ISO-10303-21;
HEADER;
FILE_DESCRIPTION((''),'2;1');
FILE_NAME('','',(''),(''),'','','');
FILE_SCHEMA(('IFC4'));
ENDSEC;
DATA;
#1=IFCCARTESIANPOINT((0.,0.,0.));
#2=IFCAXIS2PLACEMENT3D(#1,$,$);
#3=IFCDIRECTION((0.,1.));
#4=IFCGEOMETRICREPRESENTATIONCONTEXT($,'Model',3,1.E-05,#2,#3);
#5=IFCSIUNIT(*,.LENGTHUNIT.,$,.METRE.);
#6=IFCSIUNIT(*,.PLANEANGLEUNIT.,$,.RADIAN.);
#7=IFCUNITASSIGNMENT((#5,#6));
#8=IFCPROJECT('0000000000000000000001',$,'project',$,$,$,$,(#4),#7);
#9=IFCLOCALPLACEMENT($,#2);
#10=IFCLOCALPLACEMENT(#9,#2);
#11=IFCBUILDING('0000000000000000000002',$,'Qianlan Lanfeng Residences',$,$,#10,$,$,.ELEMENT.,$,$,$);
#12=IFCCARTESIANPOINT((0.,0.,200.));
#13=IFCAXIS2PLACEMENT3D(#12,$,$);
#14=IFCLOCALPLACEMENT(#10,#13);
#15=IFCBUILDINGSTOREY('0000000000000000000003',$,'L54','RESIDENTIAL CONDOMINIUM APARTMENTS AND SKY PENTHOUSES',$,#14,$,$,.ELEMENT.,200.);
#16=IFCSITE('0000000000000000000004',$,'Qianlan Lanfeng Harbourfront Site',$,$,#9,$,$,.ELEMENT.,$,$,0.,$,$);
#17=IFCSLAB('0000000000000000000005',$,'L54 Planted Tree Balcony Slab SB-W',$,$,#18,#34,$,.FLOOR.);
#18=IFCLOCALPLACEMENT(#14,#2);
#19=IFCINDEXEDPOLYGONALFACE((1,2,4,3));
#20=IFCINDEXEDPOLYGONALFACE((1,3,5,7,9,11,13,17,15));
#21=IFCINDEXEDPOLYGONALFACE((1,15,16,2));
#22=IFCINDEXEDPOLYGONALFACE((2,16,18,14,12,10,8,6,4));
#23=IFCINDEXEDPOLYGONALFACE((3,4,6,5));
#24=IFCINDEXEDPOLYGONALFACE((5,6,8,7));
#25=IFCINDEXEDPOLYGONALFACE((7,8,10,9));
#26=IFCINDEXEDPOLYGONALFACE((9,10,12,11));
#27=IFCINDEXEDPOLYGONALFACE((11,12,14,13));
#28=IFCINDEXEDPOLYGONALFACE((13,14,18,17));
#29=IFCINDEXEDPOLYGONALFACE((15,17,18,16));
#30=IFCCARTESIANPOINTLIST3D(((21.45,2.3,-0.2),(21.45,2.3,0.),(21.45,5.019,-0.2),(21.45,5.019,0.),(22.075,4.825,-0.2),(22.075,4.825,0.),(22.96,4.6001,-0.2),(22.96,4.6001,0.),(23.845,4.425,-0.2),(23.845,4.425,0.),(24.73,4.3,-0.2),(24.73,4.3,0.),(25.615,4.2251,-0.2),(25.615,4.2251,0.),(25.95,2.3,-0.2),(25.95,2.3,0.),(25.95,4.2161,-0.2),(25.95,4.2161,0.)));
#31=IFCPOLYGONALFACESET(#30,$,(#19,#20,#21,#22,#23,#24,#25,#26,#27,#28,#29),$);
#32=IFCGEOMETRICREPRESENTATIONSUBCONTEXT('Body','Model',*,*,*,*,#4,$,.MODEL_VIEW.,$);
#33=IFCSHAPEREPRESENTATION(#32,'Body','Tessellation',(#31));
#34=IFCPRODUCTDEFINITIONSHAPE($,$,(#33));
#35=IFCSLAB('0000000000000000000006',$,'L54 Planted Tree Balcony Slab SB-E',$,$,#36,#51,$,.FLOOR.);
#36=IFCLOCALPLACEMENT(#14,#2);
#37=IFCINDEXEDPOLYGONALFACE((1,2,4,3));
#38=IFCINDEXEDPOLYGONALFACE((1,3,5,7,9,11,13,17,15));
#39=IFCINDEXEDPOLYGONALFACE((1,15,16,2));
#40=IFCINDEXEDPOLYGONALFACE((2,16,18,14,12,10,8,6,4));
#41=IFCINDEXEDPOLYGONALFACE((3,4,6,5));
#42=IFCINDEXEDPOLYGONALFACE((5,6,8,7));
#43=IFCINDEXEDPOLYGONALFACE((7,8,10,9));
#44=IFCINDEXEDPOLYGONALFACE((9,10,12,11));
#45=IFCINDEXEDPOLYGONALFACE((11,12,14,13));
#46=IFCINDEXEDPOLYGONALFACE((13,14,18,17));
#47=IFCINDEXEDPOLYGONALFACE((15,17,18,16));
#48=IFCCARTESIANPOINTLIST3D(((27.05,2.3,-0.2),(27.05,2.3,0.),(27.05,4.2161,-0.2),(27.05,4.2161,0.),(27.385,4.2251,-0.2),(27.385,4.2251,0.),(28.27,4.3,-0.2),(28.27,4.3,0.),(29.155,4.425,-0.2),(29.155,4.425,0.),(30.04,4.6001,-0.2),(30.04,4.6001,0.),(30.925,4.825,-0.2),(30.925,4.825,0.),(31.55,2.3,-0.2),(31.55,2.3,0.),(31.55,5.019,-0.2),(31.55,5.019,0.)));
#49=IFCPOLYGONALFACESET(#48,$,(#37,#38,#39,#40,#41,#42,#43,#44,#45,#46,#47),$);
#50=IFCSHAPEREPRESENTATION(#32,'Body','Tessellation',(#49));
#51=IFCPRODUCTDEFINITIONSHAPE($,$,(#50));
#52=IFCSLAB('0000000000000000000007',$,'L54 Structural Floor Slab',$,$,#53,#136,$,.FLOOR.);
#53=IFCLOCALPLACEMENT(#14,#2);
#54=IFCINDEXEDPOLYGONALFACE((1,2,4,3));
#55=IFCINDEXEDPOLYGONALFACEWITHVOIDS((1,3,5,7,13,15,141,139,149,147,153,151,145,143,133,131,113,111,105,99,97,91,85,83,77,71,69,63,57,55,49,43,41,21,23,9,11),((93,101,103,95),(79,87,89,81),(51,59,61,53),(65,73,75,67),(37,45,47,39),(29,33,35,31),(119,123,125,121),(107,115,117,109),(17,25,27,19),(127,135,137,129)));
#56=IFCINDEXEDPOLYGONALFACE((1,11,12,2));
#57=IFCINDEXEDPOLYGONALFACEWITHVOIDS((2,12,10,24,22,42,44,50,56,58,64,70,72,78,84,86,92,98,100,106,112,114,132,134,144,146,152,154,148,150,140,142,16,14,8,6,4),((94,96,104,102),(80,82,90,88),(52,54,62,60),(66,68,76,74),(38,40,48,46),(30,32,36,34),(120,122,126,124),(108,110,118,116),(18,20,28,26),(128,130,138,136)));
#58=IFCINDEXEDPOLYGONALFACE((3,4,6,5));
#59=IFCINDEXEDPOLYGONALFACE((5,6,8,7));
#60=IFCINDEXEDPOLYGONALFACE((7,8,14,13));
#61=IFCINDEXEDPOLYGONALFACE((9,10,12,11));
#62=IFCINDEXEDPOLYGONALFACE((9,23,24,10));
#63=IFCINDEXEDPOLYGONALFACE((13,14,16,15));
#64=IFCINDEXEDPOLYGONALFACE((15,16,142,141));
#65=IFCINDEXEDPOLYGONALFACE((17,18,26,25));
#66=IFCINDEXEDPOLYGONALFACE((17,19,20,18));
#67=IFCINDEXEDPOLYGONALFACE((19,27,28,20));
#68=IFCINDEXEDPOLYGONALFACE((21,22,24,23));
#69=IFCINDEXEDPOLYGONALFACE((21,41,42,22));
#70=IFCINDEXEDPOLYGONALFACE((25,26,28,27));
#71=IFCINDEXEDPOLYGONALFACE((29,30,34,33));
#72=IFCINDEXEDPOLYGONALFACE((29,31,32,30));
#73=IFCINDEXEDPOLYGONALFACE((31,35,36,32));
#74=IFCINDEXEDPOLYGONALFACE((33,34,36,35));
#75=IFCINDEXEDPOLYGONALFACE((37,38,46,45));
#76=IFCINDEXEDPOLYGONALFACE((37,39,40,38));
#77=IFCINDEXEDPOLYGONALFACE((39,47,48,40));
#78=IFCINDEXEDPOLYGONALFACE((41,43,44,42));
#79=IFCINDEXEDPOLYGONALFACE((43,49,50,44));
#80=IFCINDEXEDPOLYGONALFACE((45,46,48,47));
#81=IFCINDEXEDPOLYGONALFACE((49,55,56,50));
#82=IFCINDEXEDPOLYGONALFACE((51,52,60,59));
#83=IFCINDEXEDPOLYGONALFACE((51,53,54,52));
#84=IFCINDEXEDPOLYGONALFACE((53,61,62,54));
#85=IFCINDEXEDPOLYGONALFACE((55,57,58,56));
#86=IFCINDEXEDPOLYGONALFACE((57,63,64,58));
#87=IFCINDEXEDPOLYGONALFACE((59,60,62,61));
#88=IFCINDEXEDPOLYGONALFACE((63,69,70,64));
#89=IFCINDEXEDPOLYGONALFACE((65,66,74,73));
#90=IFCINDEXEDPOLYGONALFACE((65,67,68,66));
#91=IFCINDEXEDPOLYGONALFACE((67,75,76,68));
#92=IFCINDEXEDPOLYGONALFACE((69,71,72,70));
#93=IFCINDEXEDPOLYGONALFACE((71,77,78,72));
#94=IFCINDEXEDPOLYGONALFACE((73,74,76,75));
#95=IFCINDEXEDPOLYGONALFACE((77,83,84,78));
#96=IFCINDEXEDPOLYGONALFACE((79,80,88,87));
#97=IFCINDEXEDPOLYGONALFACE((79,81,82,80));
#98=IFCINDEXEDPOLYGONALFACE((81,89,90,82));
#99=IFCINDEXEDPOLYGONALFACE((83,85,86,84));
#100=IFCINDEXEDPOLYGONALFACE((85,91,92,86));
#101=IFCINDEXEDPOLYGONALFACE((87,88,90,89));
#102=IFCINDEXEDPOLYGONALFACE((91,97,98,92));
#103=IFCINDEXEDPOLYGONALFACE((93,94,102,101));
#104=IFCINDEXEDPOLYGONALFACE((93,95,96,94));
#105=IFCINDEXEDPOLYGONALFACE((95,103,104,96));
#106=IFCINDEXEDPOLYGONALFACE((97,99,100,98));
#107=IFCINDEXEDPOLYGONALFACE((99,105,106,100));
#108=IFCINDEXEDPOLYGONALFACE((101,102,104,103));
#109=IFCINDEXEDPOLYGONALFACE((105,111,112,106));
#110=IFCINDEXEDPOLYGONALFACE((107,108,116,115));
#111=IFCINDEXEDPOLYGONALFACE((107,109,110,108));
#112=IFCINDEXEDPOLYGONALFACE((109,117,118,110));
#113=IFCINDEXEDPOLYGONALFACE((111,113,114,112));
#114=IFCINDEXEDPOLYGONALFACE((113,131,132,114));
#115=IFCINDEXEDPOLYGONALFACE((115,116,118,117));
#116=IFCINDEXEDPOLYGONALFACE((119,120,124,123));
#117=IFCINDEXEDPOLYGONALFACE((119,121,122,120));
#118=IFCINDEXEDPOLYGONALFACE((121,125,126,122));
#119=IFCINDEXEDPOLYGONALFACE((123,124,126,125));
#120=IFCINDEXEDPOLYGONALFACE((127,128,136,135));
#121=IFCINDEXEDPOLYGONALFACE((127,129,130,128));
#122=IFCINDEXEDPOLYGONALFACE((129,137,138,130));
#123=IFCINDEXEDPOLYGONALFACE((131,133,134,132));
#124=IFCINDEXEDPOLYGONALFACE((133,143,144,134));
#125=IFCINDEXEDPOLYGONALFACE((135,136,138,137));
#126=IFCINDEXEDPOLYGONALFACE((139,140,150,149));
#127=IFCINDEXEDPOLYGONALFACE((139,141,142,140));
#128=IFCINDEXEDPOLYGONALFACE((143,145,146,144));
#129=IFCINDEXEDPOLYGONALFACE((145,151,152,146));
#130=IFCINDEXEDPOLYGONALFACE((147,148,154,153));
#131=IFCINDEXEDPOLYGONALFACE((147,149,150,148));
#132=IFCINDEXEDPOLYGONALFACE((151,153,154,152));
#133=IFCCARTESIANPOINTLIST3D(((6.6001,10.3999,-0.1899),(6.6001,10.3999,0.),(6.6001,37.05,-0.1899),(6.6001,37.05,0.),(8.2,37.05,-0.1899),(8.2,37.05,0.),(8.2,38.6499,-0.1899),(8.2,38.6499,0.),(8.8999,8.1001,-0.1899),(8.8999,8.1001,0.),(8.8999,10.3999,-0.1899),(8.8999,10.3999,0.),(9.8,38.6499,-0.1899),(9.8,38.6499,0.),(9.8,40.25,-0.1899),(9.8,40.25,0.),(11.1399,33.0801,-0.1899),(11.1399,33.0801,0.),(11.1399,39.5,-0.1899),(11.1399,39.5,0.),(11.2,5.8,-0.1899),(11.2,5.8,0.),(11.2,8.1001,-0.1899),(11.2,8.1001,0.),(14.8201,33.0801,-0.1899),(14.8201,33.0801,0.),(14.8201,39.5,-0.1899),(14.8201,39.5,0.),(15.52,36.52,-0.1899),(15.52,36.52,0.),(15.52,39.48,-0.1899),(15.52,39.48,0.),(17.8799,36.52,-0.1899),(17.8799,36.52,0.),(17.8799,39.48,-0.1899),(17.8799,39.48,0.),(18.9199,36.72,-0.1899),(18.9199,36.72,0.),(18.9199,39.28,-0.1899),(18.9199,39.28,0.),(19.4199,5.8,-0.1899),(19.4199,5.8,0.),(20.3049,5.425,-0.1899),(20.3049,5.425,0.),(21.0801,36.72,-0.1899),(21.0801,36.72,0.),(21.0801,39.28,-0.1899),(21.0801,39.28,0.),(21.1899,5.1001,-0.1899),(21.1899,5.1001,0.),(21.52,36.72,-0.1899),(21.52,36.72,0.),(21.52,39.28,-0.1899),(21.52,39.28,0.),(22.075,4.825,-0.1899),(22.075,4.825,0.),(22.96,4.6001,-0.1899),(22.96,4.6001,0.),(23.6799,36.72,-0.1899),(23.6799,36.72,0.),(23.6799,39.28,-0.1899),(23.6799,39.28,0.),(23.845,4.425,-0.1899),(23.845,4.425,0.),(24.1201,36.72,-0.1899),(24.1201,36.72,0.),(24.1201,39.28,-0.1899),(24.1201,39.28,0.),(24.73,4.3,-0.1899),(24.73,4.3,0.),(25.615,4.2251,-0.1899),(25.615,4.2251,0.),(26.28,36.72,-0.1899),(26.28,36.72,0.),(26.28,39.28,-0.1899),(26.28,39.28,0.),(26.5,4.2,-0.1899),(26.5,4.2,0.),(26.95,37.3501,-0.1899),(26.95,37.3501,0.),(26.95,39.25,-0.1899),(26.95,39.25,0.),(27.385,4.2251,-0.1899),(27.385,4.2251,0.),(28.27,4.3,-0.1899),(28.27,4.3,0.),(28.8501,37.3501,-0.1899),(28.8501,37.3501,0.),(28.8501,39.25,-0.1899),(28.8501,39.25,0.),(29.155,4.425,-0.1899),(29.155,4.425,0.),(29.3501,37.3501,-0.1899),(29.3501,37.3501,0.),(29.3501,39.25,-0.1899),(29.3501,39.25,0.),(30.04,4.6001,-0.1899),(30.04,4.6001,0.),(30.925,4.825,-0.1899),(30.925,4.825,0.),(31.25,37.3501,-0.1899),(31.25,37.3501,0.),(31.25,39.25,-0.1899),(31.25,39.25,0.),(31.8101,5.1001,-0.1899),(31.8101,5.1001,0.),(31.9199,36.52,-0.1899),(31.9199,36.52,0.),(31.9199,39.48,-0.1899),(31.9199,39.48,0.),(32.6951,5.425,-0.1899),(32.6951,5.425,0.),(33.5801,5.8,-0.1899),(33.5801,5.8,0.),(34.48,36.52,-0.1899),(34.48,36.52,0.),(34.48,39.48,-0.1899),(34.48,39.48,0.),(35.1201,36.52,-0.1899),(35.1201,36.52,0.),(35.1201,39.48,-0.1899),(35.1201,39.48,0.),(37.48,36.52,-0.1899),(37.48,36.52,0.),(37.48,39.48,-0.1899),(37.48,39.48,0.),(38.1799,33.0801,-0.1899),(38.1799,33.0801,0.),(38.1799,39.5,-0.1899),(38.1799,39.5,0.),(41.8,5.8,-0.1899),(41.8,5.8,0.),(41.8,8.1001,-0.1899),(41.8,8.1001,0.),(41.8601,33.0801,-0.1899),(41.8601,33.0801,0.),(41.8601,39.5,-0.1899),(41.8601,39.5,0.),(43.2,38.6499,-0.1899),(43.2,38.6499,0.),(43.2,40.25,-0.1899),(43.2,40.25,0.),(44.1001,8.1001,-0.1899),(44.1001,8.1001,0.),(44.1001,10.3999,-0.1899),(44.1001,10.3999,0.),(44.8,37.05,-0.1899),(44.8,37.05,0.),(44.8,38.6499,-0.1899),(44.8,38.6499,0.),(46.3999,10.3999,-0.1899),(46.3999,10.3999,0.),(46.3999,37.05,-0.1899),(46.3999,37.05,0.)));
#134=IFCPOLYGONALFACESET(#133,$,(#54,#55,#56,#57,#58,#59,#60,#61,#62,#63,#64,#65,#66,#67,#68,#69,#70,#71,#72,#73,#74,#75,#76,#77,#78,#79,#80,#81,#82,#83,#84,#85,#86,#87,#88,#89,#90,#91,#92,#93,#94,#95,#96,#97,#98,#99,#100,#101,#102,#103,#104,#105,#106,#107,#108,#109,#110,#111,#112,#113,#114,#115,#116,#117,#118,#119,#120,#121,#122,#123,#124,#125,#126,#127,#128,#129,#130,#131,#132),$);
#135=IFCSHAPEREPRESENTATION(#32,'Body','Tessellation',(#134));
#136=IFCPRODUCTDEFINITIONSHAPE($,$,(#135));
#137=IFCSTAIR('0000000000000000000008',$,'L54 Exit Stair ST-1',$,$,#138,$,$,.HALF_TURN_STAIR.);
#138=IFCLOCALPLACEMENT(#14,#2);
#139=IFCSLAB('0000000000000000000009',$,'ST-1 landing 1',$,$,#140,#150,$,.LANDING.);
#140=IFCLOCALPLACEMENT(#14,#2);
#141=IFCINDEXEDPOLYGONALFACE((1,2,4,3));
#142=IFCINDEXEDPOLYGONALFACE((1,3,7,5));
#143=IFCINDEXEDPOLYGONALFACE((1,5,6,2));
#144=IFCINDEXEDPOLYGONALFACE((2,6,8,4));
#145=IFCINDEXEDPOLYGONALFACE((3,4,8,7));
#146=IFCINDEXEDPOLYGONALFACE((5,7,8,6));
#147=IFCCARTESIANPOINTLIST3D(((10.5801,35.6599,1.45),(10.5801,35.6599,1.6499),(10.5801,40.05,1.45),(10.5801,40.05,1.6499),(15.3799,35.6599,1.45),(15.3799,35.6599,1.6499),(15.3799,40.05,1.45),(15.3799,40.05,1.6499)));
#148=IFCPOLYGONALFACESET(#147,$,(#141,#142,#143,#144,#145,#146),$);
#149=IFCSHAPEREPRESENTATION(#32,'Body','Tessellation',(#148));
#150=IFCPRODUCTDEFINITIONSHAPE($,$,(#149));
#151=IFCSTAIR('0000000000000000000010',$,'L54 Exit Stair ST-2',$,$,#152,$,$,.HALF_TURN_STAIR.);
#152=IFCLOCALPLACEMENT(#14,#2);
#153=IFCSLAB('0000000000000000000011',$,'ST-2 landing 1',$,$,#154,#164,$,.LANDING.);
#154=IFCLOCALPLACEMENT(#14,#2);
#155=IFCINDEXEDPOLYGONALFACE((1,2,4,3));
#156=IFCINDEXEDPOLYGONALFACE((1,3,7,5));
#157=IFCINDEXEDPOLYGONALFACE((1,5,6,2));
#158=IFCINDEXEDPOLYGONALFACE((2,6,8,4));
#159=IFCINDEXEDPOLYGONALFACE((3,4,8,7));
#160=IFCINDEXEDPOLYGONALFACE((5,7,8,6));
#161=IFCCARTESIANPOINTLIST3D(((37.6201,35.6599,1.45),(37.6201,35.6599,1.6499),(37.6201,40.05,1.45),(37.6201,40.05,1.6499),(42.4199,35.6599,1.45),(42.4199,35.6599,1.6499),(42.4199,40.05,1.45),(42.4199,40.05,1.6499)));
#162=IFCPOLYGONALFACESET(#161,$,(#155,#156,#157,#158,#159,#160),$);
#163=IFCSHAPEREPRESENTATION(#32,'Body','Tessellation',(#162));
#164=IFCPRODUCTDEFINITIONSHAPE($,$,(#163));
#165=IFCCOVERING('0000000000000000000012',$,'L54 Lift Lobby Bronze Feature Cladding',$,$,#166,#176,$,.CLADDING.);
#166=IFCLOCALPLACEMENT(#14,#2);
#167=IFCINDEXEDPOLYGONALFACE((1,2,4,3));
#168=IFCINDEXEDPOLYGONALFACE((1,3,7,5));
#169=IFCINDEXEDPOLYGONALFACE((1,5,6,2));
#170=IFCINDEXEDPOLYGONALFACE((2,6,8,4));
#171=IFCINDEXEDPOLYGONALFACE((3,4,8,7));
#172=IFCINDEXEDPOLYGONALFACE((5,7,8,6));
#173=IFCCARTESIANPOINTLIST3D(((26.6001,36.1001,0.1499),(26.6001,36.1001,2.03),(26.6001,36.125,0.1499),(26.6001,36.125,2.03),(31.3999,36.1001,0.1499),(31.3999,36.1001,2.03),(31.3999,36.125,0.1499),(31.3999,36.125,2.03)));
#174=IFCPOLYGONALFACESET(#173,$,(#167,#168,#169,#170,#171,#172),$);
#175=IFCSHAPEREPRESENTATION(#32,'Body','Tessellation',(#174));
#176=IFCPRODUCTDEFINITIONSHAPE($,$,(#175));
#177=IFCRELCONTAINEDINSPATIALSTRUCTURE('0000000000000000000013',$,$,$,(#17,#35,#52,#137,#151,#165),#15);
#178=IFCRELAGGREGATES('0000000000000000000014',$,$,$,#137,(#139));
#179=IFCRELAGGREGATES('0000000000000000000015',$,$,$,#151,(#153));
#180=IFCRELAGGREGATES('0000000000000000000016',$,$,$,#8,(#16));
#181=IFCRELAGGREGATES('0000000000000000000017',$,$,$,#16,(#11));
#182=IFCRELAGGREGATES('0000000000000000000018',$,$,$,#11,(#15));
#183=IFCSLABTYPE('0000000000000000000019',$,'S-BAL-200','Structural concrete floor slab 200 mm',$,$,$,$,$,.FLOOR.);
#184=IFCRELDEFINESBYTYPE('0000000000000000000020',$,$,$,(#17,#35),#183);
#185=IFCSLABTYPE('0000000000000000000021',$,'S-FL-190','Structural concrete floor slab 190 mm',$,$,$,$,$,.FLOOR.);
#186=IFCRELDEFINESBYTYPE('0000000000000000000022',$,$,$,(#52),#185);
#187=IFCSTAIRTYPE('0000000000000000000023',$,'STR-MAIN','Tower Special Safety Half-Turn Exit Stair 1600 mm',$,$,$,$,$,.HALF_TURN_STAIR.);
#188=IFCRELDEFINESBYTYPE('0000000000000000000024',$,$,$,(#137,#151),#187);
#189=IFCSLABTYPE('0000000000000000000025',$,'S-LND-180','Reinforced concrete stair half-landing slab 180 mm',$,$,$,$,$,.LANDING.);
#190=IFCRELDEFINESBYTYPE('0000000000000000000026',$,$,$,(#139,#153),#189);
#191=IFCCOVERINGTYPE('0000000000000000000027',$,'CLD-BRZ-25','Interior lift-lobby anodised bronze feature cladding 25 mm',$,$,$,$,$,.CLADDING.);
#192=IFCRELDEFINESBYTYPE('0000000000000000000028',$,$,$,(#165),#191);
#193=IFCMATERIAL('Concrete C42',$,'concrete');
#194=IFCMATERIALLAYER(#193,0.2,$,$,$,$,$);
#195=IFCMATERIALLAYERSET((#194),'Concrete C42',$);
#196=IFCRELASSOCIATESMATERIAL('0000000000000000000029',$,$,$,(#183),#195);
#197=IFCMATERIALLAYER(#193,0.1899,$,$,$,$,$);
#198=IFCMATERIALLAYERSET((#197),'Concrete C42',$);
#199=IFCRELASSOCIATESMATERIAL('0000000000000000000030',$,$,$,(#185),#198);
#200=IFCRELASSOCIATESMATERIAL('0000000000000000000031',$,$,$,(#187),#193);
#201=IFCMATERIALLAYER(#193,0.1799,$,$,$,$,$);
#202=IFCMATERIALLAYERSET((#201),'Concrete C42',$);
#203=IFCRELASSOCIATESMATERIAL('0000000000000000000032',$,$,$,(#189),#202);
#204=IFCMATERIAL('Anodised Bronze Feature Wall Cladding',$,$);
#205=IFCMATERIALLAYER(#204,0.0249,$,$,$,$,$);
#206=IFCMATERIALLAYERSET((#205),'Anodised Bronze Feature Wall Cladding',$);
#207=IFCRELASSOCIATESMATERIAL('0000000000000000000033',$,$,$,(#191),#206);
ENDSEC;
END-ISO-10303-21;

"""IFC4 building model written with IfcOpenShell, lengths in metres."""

from ifc_helpers import new_model, si_unit, direction, frame, origin, place, context, subcontext, project, spatial, polyline, outline, extrude, material, layer, layer_set, type_object, element, aggregate, save


model = new_model("IFC4")

# Units and contexts
model_context = context("Model", 3, precision=1e-05, world=origin(), true_north=direction((0.0, 1.0)))
body_context = subcontext(model_context, "Body", "Model", "MODEL_VIEW")
ifc_project = project(units=[si_unit("LENGTHUNIT", "METRE"), si_unit("PLANEANGLEUNIT", "RADIAN")], contexts=[model_context])

# Site, building, storey
site_placement = place(None, origin())
site = spatial("IfcSite", under=ifc_project, at=site_placement, Name="Qianlan Lanfeng Harbourfront Site", CompositionType="ELEMENT", RefElevation=0.0)
building_placement = place(site_placement, origin())
building = spatial("IfcBuilding", under=site, at=building_placement, Name="Qianlan Lanfeng Residences", CompositionType="ELEMENT")
storey_placement = place(building_placement, frame((0.0, 0.0, 200.0)))
storey = spatial("IfcBuildingStorey", under=building, at=storey_placement, Name="L54", Description="RESIDENTIAL CONDOMINIUM APARTMENTS AND SKY PENTHOUSES", CompositionType="ELEMENT", Elevation=200.0)

# Slabs
ifc_material_1 = material(Name="Concrete C42", Category="concrete")
ifc_layer_1 = layer(ifc_material_1, 0.2)
ifc_layer_set_1 = layer_set([ifc_layer_1], Name="Concrete C42")
slab_type_1 = type_object("IfcSlabType", Name="S-BAL-200", Description="Structural concrete floor slab 200 mm", PredefinedType="FLOOR", material=ifc_layer_set_1)
slab_1_placement = place(storey_placement, frame((0.0, 0.0, -0.2)))
element("IfcSlab", 1, at=slab_1_placement, inside=storey, type_object=slab_type_1, Name="L54 Planted Tree Balcony Slab SB-W", PredefinedType="FLOOR", context=body_context, shape_type="SweptSolid", body=[
    extrude(outline(polyline([(25.95, 4.2161), (25.615, 4.2251), (24.73, 4.3), (23.845, 4.425), (22.96, 4.6001), (22.075, 4.825), (21.45, 5.019), (21.45, 2.3), (25.95, 2.3), (25.95, 4.2161)])), origin(), (0.0, 0.0, 1.0), 0.2),
])
slab_2_placement = place(storey_placement, frame((0.0, 0.0, -0.2)))
element("IfcSlab", 2, at=slab_2_placement, inside=storey, type_object=slab_type_1, Name="L54 Planted Tree Balcony Slab SB-E", PredefinedType="FLOOR", context=body_context, shape_type="SweptSolid", body=[
    extrude(outline(polyline([(31.55, 5.019), (30.925, 4.825), (30.04, 4.6001), (29.155, 4.425), (28.27, 4.3), (27.385, 4.2251), (27.05, 4.2161), (27.05, 2.3), (31.55, 2.3), (31.55, 5.019)])), origin(), (0.0, 0.0, 1.0), 0.2),
])
ifc_layer_2 = layer(ifc_material_1, 0.1899)
ifc_layer_set_2 = layer_set([ifc_layer_2], Name="Concrete C42")
slab_type_2 = type_object("IfcSlabType", Name="S-FL-190", Description="Structural concrete floor slab 190 mm", PredefinedType="FLOOR", material=ifc_layer_set_2)
slab_3_placement = place(storey_placement, frame((0.0, 0.0, -0.1899)))
element("IfcSlab", 3, at=slab_3_placement, inside=storey, type_object=slab_type_2, Name="L54 Structural Floor Slab", PredefinedType="FLOOR", context=body_context, shape_type="SweptSolid", body=[
    extrude(outline(polyline([(6.6001, 10.3999), (8.8999, 10.3999), (8.8999, 8.1001), (11.2, 8.1001), (11.2, 5.8), (19.4199, 5.8), (20.3049, 5.425), (21.1899, 5.1001), (22.075, 4.825), (22.96, 4.6001), (23.845, 4.425), (24.73, 4.3), (25.615, 4.2251), (26.5, 4.2), (27.385, 4.2251), (28.27, 4.3), (29.155, 4.425), (30.04, 4.6001), (30.925, 4.825), (31.8101, 5.1001), (32.6951, 5.425), (33.5801, 5.8), (41.8, 5.8), (41.8, 8.1001), (44.1001, 8.1001), (44.1001, 10.3999), (46.3999, 10.3999), (46.3999, 37.05), (44.8, 37.05), (44.8, 38.6499), (43.2, 38.6499), (43.2, 40.25), (9.8, 40.25), (9.8, 38.6499), (8.2, 38.6499), (8.2, 37.05), (6.6001, 37.05), (6.6001, 10.3999)]), holes=[polyline([(11.1399, 33.0801), (11.1399, 39.5), (14.8201, 39.5), (14.8201, 33.0801), (11.1399, 33.0801)]), polyline([(38.1799, 33.0801), (38.1799, 39.5), (41.8601, 39.5), (41.8601, 33.0801), (38.1799, 33.0801)]), polyline([(15.52, 36.52), (15.52, 39.48), (17.8799, 39.48), (17.8799, 36.52), (15.52, 36.52)]), polyline([(35.1201, 36.52), (35.1201, 39.48), (37.48, 39.48), (37.48, 36.52), (35.1201, 36.52)]), polyline([(31.9199, 36.52), (31.9199, 39.48), (34.48, 39.48), (34.48, 36.52), (31.9199, 36.52)]), polyline([(18.9199, 36.72), (18.9199, 39.28), (21.0801, 39.28), (21.0801, 36.72), (18.9199, 36.72)]), polyline([(21.52, 36.72), (21.52, 39.28), (23.6799, 39.28), (23.6799, 36.72), (21.52, 36.72)]), polyline([(24.1201, 36.72), (24.1201, 39.28), (26.28, 39.28), (26.28, 36.72), (24.1201, 36.72)]), polyline([(26.95, 37.3501), (26.95, 39.25), (28.8501, 39.25), (28.8501, 37.3501), (26.95, 37.3501)]), polyline([(29.3501, 37.3501), (29.3501, 39.25), (31.25, 39.25), (31.25, 37.3501), (29.3501, 37.3501)])]), origin(), (0.0, 0.0, 1.0), 0.1899),
])

# Stairs, slabs
stair_type = type_object("IfcStairType", Name="STR-MAIN", Description="Tower Special Safety Half-Turn Exit Stair 1600 mm", PredefinedType="HALF_TURN_STAIR", material=ifc_material_1)
stair_1_placement = place(storey_placement, origin())
stair_1 = element("IfcStair", 4, at=stair_1_placement, inside=storey, type_object=stair_type, Name="L54 Exit Stair ST-1", PredefinedType="HALF_TURN_STAIR")
ifc_layer_3 = layer(ifc_material_1, 0.1799)
ifc_layer_set_3 = layer_set([ifc_layer_3], Name="Concrete C42")
slab_type_3 = type_object("IfcSlabType", Name="S-LND-180", Description="Reinforced concrete stair half-landing slab 180 mm", PredefinedType="LANDING", material=ifc_layer_set_3)
slab_4_placement = place(storey_placement, frame((0.0, 0.0, 1.45)))
slab_4 = element("IfcSlab", 5, at=slab_4_placement, type_object=slab_type_3, Name="ST-1 landing 1", PredefinedType="LANDING", context=body_context, shape_type="SweptSolid", body=[
    extrude(outline(polyline([(10.5801, 35.6599), (15.3799, 35.6599), (15.3799, 40.05), (10.5801, 40.05), (10.5801, 35.6599)])), origin(), (0.0, 0.0, 1.0), 0.2),
])
aggregate(stair_1, [slab_4])
stair_2_placement = place(storey_placement, origin())
stair_2 = element("IfcStair", 6, at=stair_2_placement, inside=storey, type_object=stair_type, Name="L54 Exit Stair ST-2", PredefinedType="HALF_TURN_STAIR")
slab_5_placement = place(storey_placement, frame((0.0, 0.0, 1.45)))
slab_5 = element("IfcSlab", 7, at=slab_5_placement, type_object=slab_type_3, Name="ST-2 landing 1", PredefinedType="LANDING", context=body_context, shape_type="SweptSolid", body=[
    extrude(outline(polyline([(37.6201, 35.6599), (42.4199, 35.6599), (42.4199, 40.05), (37.6201, 40.05), (37.6201, 35.6599)])), origin(), (0.0, 0.0, 1.0), 0.2),
])
aggregate(stair_2, [slab_5])

# Covering
ifc_material_2 = material(Name="Anodised Bronze Feature Wall Cladding")
ifc_layer_4 = layer(ifc_material_2, 0.0249)
ifc_layer_set_4 = layer_set([ifc_layer_4], Name="Anodised Bronze Feature Wall Cladding")
covering_type_1 = type_object("IfcCoveringType", Name="CLD-BRZ-25", Description="Interior lift-lobby anodised bronze feature cladding 25 mm", PredefinedType="CLADDING", material=ifc_layer_set_4)
covering_1_placement = place(storey_placement, frame((0.0, 0.0, 0.1499)))
element("IfcCovering", 8, at=covering_1_placement, inside=storey, type_object=covering_type_1, Name="L54 Lift Lobby Bronze Feature Cladding", PredefinedType="CLADDING", context=body_context, shape_type="SweptSolid", body=[
    extrude(outline(polyline([(26.6001, 36.1001), (31.3999, 36.1001), (31.3999, 36.125), (26.6001, 36.125), (26.6001, 36.1001)])), origin(), (0.0, 0.0, 1.0), 1.8801),
])

save(model, "model.ifc")
